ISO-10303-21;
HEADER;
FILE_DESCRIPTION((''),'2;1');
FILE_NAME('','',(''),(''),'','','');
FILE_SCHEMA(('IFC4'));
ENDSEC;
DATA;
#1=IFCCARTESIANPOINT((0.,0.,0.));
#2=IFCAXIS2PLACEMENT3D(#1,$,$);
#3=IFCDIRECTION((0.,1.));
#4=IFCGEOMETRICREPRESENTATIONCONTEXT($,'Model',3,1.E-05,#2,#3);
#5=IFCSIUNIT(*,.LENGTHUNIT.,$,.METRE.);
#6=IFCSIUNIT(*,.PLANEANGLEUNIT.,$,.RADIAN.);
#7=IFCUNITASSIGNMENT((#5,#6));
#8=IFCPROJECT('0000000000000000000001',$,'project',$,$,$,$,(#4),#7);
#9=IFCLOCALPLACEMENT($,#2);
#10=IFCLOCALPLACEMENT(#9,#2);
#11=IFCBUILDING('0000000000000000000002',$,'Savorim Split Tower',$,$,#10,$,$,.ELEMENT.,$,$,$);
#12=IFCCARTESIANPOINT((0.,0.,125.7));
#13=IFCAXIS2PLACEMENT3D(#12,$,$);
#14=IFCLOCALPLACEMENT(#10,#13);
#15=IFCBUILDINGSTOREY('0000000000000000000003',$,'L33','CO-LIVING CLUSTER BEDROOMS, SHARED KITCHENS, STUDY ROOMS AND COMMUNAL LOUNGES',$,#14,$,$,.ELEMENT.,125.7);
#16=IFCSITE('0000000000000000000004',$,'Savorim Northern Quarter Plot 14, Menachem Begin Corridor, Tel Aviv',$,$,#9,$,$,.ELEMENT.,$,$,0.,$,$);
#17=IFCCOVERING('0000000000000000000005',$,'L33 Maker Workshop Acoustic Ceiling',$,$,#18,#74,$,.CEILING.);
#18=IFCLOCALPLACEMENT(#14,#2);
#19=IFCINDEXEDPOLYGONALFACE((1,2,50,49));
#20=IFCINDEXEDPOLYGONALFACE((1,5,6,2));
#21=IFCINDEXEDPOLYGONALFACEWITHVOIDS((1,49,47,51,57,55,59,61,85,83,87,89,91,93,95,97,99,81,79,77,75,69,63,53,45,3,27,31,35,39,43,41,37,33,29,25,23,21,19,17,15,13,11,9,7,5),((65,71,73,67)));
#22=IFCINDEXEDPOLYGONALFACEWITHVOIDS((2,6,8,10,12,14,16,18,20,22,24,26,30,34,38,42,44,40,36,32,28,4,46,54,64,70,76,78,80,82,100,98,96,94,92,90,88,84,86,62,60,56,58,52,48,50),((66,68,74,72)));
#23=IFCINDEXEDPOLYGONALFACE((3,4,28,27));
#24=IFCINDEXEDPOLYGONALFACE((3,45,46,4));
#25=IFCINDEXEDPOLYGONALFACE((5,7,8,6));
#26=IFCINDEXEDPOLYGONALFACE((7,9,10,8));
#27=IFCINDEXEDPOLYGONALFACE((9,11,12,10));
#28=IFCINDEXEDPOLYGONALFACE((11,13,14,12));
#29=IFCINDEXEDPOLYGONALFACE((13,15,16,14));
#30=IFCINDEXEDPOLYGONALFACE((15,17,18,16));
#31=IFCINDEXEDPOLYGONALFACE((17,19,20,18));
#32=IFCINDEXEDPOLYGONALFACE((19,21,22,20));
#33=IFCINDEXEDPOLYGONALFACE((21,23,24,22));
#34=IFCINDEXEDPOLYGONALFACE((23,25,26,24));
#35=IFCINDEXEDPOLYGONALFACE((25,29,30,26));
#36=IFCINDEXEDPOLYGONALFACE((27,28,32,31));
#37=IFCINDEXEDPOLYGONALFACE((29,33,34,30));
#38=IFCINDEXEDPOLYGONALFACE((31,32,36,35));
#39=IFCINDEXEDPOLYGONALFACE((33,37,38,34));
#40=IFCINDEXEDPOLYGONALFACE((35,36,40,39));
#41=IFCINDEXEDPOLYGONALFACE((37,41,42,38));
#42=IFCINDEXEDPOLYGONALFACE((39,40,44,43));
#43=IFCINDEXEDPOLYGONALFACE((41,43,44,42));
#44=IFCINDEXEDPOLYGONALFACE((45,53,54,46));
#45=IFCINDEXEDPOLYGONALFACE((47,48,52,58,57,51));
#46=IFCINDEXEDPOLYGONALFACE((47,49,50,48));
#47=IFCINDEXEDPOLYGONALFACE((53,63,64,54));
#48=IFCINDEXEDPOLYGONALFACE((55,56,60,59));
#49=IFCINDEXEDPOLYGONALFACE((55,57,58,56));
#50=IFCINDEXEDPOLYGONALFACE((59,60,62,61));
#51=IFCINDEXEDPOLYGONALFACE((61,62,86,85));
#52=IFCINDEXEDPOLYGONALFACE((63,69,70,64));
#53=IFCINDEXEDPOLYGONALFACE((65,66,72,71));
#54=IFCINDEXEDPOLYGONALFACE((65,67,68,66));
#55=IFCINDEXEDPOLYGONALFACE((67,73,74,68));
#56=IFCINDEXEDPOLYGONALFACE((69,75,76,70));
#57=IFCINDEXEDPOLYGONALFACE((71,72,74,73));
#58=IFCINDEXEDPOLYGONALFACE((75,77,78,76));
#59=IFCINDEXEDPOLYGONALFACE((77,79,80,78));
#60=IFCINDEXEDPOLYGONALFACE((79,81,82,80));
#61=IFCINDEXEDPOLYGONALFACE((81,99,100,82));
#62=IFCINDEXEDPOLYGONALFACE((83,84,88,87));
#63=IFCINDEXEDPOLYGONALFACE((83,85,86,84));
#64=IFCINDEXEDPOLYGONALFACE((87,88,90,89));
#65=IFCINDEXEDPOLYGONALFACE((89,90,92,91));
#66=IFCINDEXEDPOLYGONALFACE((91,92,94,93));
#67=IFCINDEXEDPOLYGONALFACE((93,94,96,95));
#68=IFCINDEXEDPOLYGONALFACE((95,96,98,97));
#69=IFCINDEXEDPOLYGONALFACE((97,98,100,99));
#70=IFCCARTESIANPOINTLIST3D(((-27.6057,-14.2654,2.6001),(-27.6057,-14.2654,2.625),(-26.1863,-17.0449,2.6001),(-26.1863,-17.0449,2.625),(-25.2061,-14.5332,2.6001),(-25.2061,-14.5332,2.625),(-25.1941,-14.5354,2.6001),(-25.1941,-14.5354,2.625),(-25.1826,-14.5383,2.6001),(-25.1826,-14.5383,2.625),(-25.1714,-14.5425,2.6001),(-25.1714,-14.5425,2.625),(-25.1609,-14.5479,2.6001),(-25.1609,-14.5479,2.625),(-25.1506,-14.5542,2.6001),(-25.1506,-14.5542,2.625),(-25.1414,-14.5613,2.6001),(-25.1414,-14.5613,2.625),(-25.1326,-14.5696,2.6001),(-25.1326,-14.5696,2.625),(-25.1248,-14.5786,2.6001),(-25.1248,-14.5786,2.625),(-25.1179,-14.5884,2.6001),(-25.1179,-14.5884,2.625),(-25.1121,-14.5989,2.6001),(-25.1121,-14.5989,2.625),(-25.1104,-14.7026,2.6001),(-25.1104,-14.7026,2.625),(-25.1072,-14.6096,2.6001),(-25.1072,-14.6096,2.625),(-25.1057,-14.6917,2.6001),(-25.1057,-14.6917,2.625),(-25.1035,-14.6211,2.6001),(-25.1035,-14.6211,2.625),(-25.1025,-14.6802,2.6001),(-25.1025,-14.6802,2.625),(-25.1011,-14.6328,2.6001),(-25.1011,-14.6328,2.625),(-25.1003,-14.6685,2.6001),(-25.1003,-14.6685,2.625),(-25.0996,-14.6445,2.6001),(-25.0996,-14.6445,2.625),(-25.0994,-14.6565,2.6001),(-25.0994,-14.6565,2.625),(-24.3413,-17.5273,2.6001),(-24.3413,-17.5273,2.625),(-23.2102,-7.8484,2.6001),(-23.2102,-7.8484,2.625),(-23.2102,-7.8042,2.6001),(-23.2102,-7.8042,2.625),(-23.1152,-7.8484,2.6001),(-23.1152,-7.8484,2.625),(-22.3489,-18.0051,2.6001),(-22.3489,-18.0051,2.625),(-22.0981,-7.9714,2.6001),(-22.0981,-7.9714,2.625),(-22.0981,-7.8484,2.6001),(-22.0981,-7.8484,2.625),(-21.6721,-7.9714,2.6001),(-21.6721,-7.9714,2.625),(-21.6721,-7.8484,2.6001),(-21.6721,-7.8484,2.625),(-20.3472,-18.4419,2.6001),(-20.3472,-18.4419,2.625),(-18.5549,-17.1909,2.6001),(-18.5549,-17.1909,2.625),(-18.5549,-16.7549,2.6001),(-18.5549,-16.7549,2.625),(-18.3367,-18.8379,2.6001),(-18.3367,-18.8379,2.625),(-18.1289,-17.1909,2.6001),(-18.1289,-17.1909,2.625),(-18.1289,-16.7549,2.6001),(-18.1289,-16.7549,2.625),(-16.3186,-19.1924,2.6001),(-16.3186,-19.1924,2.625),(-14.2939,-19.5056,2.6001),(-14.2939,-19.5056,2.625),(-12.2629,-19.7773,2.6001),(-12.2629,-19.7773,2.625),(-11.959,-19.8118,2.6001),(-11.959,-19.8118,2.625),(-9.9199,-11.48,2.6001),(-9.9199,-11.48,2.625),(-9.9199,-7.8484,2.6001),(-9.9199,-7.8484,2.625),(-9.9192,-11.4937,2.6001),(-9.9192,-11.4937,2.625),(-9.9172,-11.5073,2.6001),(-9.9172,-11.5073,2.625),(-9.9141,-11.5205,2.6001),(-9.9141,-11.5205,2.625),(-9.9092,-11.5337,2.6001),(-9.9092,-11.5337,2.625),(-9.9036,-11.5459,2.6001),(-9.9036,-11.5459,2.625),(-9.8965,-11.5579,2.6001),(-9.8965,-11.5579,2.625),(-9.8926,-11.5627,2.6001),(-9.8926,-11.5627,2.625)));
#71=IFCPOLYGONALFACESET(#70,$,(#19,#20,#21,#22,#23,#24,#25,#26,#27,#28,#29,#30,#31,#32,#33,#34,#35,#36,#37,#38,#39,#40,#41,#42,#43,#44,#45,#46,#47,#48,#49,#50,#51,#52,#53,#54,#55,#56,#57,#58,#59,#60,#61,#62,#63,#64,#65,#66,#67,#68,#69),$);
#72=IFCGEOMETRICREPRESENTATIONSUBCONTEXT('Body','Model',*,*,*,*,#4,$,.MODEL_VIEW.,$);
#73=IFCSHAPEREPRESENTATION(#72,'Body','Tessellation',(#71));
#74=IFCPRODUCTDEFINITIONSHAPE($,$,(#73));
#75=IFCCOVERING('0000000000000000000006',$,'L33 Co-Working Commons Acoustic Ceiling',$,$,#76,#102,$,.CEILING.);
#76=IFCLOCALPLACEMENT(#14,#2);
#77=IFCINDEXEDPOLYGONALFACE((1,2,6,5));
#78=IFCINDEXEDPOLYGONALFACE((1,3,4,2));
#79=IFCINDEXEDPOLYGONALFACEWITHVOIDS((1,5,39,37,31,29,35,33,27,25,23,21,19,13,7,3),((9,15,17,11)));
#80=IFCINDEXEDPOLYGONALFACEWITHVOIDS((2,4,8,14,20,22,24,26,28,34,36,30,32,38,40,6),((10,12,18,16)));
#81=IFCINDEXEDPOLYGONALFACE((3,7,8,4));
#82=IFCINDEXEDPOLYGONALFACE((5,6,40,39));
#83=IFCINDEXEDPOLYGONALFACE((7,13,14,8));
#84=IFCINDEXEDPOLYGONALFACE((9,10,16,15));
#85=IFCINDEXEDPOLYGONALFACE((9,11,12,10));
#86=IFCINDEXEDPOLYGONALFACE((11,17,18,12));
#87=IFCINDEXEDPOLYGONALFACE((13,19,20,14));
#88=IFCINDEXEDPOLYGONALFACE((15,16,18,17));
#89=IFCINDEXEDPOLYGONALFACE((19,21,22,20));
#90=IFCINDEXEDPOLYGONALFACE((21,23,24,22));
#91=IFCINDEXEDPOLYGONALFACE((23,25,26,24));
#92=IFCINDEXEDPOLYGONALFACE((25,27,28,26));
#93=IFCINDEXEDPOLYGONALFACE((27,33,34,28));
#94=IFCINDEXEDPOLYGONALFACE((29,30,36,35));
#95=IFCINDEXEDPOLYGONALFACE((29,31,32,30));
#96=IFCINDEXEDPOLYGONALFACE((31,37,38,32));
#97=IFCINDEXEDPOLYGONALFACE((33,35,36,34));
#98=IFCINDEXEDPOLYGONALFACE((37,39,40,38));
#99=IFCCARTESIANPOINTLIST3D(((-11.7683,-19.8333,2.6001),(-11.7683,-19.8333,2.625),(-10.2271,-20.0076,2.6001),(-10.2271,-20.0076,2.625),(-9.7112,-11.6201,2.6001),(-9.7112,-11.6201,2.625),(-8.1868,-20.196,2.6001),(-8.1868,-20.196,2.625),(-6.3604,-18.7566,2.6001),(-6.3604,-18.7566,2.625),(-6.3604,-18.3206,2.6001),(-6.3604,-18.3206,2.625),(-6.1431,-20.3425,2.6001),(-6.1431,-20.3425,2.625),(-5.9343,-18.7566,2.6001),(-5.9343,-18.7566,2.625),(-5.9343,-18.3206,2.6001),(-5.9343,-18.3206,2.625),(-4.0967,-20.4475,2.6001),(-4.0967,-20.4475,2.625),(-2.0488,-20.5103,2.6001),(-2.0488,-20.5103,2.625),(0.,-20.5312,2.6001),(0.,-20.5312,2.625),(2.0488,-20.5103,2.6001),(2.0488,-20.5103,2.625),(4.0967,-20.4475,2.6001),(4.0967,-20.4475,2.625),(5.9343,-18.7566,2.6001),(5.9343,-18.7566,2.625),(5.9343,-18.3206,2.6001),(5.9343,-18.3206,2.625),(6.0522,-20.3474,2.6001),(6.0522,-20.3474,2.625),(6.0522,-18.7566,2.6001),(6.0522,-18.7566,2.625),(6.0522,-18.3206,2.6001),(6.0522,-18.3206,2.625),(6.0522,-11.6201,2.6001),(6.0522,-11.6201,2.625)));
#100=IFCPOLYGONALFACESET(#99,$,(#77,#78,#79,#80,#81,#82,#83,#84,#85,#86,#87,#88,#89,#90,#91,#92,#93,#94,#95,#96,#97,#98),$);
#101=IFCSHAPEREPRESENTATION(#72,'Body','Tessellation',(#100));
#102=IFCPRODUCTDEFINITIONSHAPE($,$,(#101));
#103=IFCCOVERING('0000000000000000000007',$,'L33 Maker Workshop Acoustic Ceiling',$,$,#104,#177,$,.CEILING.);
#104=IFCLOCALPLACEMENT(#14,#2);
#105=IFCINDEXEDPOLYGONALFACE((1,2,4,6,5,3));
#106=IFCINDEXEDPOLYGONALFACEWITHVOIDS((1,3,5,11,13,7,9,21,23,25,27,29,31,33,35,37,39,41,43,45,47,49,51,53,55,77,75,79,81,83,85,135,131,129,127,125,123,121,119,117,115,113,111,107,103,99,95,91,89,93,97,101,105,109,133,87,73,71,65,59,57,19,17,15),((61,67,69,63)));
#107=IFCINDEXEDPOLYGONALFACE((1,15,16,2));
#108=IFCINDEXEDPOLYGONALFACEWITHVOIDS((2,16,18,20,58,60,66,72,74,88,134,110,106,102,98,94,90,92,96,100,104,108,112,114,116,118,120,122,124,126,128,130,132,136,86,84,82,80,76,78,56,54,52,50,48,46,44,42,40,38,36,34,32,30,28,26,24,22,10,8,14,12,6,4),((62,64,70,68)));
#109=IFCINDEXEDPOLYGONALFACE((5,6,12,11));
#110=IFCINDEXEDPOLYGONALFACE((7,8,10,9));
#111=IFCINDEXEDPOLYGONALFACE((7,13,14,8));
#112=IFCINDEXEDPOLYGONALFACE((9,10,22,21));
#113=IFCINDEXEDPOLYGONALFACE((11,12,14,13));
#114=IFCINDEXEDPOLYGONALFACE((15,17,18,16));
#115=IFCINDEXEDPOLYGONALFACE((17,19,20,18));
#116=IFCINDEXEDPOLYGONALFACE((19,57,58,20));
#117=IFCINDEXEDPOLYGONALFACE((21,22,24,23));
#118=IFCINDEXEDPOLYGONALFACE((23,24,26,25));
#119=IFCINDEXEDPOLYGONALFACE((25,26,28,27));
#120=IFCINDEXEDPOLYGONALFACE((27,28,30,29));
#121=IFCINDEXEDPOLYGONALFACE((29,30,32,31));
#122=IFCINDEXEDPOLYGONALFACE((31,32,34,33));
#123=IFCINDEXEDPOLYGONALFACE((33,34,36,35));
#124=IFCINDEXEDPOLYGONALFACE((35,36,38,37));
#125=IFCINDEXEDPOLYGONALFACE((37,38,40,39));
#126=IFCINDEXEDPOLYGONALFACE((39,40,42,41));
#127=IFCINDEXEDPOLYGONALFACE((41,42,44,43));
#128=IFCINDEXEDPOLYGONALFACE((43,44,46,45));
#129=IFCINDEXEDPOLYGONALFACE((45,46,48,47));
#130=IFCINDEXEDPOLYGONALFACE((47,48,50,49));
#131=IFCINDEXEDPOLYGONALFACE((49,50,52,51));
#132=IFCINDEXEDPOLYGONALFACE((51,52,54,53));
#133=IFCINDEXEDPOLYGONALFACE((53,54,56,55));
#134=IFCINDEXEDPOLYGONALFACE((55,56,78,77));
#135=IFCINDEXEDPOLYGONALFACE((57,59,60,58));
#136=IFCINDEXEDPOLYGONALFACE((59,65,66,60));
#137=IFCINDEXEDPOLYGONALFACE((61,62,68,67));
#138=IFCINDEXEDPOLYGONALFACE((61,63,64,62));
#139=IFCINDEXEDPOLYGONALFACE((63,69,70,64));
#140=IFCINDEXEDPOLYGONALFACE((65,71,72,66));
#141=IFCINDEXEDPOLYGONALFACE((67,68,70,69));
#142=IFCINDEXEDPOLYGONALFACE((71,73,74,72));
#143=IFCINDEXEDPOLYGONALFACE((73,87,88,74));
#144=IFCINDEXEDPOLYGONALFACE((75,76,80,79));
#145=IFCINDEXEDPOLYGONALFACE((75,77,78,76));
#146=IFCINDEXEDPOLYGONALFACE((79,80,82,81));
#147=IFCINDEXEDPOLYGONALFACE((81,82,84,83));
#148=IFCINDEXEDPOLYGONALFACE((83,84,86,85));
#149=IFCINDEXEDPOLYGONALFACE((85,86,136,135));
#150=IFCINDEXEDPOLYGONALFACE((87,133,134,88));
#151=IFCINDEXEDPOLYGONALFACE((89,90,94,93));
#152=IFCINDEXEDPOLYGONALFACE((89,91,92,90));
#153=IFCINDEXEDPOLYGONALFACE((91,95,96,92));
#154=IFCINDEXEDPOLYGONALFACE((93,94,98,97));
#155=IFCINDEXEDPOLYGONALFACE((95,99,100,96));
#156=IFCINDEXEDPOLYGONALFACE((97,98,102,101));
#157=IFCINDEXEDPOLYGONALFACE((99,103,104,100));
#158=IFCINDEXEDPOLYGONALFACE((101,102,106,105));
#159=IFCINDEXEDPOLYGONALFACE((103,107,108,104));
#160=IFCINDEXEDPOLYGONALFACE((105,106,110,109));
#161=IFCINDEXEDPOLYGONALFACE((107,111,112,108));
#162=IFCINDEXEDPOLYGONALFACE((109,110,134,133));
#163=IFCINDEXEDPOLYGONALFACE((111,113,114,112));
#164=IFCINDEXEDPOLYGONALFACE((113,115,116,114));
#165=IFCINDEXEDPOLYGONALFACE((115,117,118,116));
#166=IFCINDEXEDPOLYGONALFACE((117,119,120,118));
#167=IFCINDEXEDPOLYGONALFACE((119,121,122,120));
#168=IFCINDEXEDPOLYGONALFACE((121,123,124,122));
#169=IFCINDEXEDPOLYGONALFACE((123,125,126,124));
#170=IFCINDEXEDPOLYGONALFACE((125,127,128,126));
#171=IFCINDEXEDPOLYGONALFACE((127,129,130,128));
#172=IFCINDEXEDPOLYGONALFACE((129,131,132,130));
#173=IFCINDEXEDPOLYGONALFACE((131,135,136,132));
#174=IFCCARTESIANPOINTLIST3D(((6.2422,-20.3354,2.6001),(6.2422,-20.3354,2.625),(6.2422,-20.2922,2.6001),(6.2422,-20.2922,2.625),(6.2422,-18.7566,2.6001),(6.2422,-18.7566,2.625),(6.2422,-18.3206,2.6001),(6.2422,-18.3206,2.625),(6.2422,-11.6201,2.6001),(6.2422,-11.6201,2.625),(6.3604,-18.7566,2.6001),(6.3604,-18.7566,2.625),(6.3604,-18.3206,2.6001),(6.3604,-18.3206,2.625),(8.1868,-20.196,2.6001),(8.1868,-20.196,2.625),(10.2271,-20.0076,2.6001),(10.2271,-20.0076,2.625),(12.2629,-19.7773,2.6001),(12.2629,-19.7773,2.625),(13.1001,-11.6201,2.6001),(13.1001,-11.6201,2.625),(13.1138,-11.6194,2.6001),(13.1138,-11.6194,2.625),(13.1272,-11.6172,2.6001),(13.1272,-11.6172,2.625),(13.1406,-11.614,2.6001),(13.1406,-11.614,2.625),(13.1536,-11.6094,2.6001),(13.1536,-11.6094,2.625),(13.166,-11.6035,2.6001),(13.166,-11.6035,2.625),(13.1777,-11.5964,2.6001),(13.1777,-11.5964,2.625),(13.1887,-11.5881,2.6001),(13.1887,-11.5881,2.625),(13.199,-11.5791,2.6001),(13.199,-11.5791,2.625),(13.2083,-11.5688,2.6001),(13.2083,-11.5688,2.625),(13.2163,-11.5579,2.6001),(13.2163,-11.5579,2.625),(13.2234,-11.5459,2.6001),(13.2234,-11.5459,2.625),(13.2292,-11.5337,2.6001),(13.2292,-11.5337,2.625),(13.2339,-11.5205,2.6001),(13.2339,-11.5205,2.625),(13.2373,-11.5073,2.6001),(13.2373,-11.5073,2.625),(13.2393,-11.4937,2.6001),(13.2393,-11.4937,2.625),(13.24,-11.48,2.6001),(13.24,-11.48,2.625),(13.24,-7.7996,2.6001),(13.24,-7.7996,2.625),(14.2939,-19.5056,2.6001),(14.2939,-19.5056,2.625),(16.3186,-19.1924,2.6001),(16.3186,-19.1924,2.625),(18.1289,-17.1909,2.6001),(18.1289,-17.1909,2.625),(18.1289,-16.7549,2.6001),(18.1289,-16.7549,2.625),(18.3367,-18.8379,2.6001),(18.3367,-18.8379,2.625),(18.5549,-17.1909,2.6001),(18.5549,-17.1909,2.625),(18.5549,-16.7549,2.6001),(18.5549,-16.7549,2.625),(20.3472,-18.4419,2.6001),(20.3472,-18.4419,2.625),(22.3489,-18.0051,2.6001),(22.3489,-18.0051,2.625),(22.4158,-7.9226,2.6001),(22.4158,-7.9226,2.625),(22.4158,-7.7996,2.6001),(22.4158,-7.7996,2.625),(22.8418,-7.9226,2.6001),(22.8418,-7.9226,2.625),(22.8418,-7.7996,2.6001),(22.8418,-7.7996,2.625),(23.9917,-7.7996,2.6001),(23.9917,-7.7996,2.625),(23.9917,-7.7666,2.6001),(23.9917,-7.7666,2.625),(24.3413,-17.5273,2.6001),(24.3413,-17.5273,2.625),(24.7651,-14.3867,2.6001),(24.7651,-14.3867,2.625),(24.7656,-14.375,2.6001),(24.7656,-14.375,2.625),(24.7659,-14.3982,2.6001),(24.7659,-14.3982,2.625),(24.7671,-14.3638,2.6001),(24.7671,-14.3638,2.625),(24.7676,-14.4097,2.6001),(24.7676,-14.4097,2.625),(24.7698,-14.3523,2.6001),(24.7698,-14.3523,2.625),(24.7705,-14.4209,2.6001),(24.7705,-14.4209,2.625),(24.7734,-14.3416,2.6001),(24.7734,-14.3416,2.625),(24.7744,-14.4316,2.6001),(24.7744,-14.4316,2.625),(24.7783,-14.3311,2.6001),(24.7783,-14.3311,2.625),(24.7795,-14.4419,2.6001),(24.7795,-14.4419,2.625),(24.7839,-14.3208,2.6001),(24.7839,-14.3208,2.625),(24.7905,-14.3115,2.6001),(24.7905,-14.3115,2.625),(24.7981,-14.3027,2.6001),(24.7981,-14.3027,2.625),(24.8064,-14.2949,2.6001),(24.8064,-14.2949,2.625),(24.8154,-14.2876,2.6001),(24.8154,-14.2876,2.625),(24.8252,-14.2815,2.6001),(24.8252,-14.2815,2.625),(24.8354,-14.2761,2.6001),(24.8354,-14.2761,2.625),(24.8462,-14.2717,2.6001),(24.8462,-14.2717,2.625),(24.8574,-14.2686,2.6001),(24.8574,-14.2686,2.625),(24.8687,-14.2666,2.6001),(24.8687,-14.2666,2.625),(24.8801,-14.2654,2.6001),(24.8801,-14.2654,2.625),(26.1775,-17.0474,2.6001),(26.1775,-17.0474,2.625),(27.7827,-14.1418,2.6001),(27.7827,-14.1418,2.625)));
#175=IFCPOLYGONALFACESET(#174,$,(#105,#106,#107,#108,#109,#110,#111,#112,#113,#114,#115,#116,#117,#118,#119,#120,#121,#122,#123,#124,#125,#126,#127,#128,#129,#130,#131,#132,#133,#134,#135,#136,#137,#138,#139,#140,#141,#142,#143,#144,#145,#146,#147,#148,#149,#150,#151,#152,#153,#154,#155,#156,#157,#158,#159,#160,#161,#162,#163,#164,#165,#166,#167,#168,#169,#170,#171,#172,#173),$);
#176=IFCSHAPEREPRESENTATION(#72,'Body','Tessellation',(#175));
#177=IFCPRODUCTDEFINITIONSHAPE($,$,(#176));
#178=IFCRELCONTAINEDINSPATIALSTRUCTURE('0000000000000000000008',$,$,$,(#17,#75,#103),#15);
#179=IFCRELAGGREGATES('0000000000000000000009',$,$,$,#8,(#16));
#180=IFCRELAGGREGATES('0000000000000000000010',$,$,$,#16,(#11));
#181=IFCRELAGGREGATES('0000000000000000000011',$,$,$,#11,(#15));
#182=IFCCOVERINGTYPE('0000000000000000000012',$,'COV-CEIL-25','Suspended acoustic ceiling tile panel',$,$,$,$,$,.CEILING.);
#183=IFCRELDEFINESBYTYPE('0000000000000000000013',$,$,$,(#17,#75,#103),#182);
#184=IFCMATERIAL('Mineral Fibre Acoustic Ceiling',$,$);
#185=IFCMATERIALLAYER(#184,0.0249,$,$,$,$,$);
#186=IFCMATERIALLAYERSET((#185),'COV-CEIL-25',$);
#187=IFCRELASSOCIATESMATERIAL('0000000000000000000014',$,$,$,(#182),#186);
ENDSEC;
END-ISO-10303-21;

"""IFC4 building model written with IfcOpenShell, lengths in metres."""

from ifc_helpers import new_model, si_unit, direction, frame, origin, place, context, subcontext, project, spatial, polyline, outline, extrude, material, layer, layer_set, type_object, element, save


model = new_model("IFC4")

# Units and contexts
model_context = context("Model", 3, precision=1e-05, world=origin(), true_north=direction((0.0, 1.0)))
body_context = subcontext(model_context, "Body", "Model", "MODEL_VIEW")
ifc_project = project(units=[si_unit("LENGTHUNIT", "METRE"), si_unit("PLANEANGLEUNIT", "RADIAN")], contexts=[model_context])

# Site, building, storey
site_placement = place(None, origin())
site = spatial("IfcSite", under=ifc_project, at=site_placement, Name="Savorim Northern Quarter Plot 14, Menachem Begin Corridor, Tel Aviv", CompositionType="ELEMENT", RefElevation=0.0)
building_placement = place(site_placement, origin())
building = spatial("IfcBuilding", under=site, at=building_placement, Name="Savorim Split Tower", CompositionType="ELEMENT")
storey_placement = place(building_placement, frame((0.0, 0.0, 125.7)))
storey = spatial("IfcBuildingStorey", under=building, at=storey_placement, Name="L33", Description="CO-LIVING CLUSTER BEDROOMS, SHARED KITCHENS, STUDY ROOMS AND COMMUNAL LOUNGES", CompositionType="ELEMENT", Elevation=125.7)

# Coverings
ifc_material_1 = material(Name="Mineral Fibre Acoustic Ceiling")
ifc_layer_1 = layer(ifc_material_1, 0.0249)
ifc_layer_set_1 = layer_set([ifc_layer_1], Name="COV-CEIL-25")
covering_type_1 = type_object("IfcCoveringType", Name="COV-CEIL-25", Description="Suspended acoustic ceiling tile panel", PredefinedType="CEILING", material=ifc_layer_set_1)
covering_1_placement = place(storey_placement, frame((0.0, 0.0, 2.6001)))
element("IfcCovering", 1, at=covering_1_placement, inside=storey, type_object=covering_type_1, Name="L33 Maker Workshop Acoustic Ceiling", PredefinedType="CEILING", context=body_context, shape_type="SweptSolid", body=[
    extrude(outline(polyline([(-25.0996, -14.6445), (-25.0994, -14.6565), (-25.1003, -14.6685), (-25.1025, -14.6802), (-25.1057, -14.6917), (-25.1104, -14.7026), (-26.1863, -17.0449), (-24.3413, -17.5273), (-22.3489, -18.0051), (-20.3472, -18.4419), (-18.3367, -18.8379), (-16.3186, -19.1924), (-14.2939, -19.5056), (-12.2629, -19.7773), (-11.959, -19.8118), (-9.8926, -11.5627), (-9.8965, -11.5579), (-9.9036, -11.5459), (-9.9092, -11.5337), (-9.9141, -11.5205), (-9.9172, -11.5073), (-9.9192, -11.4937), (-9.9199, -11.48), (-9.9199, -7.8484), (-21.6721, -7.8484), (-21.6721, -7.9714), (-22.0981, -7.9714), (-22.0981, -7.8484), (-23.1152, -7.8484), (-23.2102, -7.8484), (-23.2102, -7.8042), (-27.6057, -14.2654), (-25.2061, -14.5332), (-25.1941, -14.5354), (-25.1826, -14.5383), (-25.1714, -14.5425), (-25.1609, -14.5479), (-25.1506, -14.5542), (-25.1414, -14.5613), (-25.1326, -14.5696), (-25.1248, -14.5786), (-25.1179, -14.5884), (-25.1121, -14.5989), (-25.1072, -14.6096), (-25.1035, -14.6211), (-25.1011, -14.6328), (-25.0996, -14.6445)]), holes=[polyline([(-18.5549, -17.1909), (-18.1289, -17.1909), (-18.1289, -16.7549), (-18.5549, -16.7549), (-18.5549, -17.1909)])]), origin(), (0.0, 0.0, 1.0), 0.0249),
])
covering_2_placement = place(storey_placement, frame((0.0, 0.0, 2.6001)))
element("IfcCovering", 2, at=covering_2_placement, inside=storey, type_object=covering_type_1, Name="L33 Co-Working Commons Acoustic Ceiling", PredefinedType="CEILING", context=body_context, shape_type="SweptSolid", body=[
    extrude(outline(polyline([(5.9343, -18.3206), (6.0522, -18.3206), (6.0522, -11.6201), (-9.7112, -11.6201), (-11.7683, -19.8333), (-10.2271, -20.0076), (-8.1868, -20.196), (-6.1431, -20.3425), (-4.0967, -20.4475), (-2.0488, -20.5103), (0.0, -20.5312), (2.0488, -20.5103), (4.0967, -20.4475), (6.0522, -20.3474), (6.0522, -18.7566), (5.9343, -18.7566), (5.9343, -18.3206)]), holes=[polyline([(-6.3604, -18.7566), (-5.9343, -18.7566), (-5.9343, -18.3206), (-6.3604, -18.3206), (-6.3604, -18.7566)])]), origin(), (0.0, 0.0, 1.0), 0.0249),
])
covering_3_placement = place(storey_placement, frame((0.0, 0.0, 2.6001)))
element("IfcCovering", 3, at=covering_3_placement, inside=storey, type_object=covering_type_1, Name="L33 Maker Workshop Acoustic Ceiling", PredefinedType="CEILING", context=body_context, shape_type="SweptSolid", body=[
    extrude(outline(polyline([(24.8574, -14.2686), (24.8687, -14.2666), (24.8801, -14.2654), (27.7827, -14.1418), (23.9917, -7.7666), (23.9917, -7.7996), (22.8418, -7.7996), (22.8418, -7.9226), (22.4158, -7.9226), (22.4158, -7.7996), (13.24, -7.7996), (13.24, -11.48), (13.2393, -11.4937), (13.2373, -11.5073), (13.2339, -11.5205), (13.2292, -11.5337), (13.2234, -11.5459), (13.2163, -11.5579), (13.2083, -11.5688), (13.199, -11.5791), (13.1887, -11.5881), (13.1777, -11.5964), (13.166, -11.6035), (13.1536, -11.6094), (13.1406, -11.614), (13.1272, -11.6172), (13.1138, -11.6194), (13.1001, -11.6201), (6.2422, -11.6201), (6.2422, -18.3206), (6.3604, -18.3206), (6.3604, -18.7566), (6.2422, -18.7566), (6.2422, -20.2922), (6.2422, -20.3354), (8.1868, -20.196), (10.2271, -20.0076), (12.2629, -19.7773), (14.2939, -19.5056), (16.3186, -19.1924), (18.3367, -18.8379), (20.3472, -18.4419), (22.3489, -18.0051), (24.3413, -17.5273), (26.1775, -17.0474), (24.7795, -14.4419), (24.7744, -14.4316), (24.7705, -14.4209), (24.7676, -14.4097), (24.7659, -14.3982), (24.7651, -14.3867), (24.7656, -14.375), (24.7671, -14.3638), (24.7698, -14.3523), (24.7734, -14.3416), (24.7783, -14.3311), (24.7839, -14.3208), (24.7905, -14.3115), (24.7981, -14.3027), (24.8064, -14.2949), (24.8154, -14.2876), (24.8252, -14.2815), (24.8354, -14.2761), (24.8462, -14.2717), (24.8574, -14.2686)]), holes=[polyline([(18.5549, -17.1909), (18.5549, -16.7549), (18.1289, -16.7549), (18.1289, -17.1909), (18.5549, -17.1909)])]), origin(), (0.0, 0.0, 1.0), 0.0249),
])

save(model, "model.ifc")
